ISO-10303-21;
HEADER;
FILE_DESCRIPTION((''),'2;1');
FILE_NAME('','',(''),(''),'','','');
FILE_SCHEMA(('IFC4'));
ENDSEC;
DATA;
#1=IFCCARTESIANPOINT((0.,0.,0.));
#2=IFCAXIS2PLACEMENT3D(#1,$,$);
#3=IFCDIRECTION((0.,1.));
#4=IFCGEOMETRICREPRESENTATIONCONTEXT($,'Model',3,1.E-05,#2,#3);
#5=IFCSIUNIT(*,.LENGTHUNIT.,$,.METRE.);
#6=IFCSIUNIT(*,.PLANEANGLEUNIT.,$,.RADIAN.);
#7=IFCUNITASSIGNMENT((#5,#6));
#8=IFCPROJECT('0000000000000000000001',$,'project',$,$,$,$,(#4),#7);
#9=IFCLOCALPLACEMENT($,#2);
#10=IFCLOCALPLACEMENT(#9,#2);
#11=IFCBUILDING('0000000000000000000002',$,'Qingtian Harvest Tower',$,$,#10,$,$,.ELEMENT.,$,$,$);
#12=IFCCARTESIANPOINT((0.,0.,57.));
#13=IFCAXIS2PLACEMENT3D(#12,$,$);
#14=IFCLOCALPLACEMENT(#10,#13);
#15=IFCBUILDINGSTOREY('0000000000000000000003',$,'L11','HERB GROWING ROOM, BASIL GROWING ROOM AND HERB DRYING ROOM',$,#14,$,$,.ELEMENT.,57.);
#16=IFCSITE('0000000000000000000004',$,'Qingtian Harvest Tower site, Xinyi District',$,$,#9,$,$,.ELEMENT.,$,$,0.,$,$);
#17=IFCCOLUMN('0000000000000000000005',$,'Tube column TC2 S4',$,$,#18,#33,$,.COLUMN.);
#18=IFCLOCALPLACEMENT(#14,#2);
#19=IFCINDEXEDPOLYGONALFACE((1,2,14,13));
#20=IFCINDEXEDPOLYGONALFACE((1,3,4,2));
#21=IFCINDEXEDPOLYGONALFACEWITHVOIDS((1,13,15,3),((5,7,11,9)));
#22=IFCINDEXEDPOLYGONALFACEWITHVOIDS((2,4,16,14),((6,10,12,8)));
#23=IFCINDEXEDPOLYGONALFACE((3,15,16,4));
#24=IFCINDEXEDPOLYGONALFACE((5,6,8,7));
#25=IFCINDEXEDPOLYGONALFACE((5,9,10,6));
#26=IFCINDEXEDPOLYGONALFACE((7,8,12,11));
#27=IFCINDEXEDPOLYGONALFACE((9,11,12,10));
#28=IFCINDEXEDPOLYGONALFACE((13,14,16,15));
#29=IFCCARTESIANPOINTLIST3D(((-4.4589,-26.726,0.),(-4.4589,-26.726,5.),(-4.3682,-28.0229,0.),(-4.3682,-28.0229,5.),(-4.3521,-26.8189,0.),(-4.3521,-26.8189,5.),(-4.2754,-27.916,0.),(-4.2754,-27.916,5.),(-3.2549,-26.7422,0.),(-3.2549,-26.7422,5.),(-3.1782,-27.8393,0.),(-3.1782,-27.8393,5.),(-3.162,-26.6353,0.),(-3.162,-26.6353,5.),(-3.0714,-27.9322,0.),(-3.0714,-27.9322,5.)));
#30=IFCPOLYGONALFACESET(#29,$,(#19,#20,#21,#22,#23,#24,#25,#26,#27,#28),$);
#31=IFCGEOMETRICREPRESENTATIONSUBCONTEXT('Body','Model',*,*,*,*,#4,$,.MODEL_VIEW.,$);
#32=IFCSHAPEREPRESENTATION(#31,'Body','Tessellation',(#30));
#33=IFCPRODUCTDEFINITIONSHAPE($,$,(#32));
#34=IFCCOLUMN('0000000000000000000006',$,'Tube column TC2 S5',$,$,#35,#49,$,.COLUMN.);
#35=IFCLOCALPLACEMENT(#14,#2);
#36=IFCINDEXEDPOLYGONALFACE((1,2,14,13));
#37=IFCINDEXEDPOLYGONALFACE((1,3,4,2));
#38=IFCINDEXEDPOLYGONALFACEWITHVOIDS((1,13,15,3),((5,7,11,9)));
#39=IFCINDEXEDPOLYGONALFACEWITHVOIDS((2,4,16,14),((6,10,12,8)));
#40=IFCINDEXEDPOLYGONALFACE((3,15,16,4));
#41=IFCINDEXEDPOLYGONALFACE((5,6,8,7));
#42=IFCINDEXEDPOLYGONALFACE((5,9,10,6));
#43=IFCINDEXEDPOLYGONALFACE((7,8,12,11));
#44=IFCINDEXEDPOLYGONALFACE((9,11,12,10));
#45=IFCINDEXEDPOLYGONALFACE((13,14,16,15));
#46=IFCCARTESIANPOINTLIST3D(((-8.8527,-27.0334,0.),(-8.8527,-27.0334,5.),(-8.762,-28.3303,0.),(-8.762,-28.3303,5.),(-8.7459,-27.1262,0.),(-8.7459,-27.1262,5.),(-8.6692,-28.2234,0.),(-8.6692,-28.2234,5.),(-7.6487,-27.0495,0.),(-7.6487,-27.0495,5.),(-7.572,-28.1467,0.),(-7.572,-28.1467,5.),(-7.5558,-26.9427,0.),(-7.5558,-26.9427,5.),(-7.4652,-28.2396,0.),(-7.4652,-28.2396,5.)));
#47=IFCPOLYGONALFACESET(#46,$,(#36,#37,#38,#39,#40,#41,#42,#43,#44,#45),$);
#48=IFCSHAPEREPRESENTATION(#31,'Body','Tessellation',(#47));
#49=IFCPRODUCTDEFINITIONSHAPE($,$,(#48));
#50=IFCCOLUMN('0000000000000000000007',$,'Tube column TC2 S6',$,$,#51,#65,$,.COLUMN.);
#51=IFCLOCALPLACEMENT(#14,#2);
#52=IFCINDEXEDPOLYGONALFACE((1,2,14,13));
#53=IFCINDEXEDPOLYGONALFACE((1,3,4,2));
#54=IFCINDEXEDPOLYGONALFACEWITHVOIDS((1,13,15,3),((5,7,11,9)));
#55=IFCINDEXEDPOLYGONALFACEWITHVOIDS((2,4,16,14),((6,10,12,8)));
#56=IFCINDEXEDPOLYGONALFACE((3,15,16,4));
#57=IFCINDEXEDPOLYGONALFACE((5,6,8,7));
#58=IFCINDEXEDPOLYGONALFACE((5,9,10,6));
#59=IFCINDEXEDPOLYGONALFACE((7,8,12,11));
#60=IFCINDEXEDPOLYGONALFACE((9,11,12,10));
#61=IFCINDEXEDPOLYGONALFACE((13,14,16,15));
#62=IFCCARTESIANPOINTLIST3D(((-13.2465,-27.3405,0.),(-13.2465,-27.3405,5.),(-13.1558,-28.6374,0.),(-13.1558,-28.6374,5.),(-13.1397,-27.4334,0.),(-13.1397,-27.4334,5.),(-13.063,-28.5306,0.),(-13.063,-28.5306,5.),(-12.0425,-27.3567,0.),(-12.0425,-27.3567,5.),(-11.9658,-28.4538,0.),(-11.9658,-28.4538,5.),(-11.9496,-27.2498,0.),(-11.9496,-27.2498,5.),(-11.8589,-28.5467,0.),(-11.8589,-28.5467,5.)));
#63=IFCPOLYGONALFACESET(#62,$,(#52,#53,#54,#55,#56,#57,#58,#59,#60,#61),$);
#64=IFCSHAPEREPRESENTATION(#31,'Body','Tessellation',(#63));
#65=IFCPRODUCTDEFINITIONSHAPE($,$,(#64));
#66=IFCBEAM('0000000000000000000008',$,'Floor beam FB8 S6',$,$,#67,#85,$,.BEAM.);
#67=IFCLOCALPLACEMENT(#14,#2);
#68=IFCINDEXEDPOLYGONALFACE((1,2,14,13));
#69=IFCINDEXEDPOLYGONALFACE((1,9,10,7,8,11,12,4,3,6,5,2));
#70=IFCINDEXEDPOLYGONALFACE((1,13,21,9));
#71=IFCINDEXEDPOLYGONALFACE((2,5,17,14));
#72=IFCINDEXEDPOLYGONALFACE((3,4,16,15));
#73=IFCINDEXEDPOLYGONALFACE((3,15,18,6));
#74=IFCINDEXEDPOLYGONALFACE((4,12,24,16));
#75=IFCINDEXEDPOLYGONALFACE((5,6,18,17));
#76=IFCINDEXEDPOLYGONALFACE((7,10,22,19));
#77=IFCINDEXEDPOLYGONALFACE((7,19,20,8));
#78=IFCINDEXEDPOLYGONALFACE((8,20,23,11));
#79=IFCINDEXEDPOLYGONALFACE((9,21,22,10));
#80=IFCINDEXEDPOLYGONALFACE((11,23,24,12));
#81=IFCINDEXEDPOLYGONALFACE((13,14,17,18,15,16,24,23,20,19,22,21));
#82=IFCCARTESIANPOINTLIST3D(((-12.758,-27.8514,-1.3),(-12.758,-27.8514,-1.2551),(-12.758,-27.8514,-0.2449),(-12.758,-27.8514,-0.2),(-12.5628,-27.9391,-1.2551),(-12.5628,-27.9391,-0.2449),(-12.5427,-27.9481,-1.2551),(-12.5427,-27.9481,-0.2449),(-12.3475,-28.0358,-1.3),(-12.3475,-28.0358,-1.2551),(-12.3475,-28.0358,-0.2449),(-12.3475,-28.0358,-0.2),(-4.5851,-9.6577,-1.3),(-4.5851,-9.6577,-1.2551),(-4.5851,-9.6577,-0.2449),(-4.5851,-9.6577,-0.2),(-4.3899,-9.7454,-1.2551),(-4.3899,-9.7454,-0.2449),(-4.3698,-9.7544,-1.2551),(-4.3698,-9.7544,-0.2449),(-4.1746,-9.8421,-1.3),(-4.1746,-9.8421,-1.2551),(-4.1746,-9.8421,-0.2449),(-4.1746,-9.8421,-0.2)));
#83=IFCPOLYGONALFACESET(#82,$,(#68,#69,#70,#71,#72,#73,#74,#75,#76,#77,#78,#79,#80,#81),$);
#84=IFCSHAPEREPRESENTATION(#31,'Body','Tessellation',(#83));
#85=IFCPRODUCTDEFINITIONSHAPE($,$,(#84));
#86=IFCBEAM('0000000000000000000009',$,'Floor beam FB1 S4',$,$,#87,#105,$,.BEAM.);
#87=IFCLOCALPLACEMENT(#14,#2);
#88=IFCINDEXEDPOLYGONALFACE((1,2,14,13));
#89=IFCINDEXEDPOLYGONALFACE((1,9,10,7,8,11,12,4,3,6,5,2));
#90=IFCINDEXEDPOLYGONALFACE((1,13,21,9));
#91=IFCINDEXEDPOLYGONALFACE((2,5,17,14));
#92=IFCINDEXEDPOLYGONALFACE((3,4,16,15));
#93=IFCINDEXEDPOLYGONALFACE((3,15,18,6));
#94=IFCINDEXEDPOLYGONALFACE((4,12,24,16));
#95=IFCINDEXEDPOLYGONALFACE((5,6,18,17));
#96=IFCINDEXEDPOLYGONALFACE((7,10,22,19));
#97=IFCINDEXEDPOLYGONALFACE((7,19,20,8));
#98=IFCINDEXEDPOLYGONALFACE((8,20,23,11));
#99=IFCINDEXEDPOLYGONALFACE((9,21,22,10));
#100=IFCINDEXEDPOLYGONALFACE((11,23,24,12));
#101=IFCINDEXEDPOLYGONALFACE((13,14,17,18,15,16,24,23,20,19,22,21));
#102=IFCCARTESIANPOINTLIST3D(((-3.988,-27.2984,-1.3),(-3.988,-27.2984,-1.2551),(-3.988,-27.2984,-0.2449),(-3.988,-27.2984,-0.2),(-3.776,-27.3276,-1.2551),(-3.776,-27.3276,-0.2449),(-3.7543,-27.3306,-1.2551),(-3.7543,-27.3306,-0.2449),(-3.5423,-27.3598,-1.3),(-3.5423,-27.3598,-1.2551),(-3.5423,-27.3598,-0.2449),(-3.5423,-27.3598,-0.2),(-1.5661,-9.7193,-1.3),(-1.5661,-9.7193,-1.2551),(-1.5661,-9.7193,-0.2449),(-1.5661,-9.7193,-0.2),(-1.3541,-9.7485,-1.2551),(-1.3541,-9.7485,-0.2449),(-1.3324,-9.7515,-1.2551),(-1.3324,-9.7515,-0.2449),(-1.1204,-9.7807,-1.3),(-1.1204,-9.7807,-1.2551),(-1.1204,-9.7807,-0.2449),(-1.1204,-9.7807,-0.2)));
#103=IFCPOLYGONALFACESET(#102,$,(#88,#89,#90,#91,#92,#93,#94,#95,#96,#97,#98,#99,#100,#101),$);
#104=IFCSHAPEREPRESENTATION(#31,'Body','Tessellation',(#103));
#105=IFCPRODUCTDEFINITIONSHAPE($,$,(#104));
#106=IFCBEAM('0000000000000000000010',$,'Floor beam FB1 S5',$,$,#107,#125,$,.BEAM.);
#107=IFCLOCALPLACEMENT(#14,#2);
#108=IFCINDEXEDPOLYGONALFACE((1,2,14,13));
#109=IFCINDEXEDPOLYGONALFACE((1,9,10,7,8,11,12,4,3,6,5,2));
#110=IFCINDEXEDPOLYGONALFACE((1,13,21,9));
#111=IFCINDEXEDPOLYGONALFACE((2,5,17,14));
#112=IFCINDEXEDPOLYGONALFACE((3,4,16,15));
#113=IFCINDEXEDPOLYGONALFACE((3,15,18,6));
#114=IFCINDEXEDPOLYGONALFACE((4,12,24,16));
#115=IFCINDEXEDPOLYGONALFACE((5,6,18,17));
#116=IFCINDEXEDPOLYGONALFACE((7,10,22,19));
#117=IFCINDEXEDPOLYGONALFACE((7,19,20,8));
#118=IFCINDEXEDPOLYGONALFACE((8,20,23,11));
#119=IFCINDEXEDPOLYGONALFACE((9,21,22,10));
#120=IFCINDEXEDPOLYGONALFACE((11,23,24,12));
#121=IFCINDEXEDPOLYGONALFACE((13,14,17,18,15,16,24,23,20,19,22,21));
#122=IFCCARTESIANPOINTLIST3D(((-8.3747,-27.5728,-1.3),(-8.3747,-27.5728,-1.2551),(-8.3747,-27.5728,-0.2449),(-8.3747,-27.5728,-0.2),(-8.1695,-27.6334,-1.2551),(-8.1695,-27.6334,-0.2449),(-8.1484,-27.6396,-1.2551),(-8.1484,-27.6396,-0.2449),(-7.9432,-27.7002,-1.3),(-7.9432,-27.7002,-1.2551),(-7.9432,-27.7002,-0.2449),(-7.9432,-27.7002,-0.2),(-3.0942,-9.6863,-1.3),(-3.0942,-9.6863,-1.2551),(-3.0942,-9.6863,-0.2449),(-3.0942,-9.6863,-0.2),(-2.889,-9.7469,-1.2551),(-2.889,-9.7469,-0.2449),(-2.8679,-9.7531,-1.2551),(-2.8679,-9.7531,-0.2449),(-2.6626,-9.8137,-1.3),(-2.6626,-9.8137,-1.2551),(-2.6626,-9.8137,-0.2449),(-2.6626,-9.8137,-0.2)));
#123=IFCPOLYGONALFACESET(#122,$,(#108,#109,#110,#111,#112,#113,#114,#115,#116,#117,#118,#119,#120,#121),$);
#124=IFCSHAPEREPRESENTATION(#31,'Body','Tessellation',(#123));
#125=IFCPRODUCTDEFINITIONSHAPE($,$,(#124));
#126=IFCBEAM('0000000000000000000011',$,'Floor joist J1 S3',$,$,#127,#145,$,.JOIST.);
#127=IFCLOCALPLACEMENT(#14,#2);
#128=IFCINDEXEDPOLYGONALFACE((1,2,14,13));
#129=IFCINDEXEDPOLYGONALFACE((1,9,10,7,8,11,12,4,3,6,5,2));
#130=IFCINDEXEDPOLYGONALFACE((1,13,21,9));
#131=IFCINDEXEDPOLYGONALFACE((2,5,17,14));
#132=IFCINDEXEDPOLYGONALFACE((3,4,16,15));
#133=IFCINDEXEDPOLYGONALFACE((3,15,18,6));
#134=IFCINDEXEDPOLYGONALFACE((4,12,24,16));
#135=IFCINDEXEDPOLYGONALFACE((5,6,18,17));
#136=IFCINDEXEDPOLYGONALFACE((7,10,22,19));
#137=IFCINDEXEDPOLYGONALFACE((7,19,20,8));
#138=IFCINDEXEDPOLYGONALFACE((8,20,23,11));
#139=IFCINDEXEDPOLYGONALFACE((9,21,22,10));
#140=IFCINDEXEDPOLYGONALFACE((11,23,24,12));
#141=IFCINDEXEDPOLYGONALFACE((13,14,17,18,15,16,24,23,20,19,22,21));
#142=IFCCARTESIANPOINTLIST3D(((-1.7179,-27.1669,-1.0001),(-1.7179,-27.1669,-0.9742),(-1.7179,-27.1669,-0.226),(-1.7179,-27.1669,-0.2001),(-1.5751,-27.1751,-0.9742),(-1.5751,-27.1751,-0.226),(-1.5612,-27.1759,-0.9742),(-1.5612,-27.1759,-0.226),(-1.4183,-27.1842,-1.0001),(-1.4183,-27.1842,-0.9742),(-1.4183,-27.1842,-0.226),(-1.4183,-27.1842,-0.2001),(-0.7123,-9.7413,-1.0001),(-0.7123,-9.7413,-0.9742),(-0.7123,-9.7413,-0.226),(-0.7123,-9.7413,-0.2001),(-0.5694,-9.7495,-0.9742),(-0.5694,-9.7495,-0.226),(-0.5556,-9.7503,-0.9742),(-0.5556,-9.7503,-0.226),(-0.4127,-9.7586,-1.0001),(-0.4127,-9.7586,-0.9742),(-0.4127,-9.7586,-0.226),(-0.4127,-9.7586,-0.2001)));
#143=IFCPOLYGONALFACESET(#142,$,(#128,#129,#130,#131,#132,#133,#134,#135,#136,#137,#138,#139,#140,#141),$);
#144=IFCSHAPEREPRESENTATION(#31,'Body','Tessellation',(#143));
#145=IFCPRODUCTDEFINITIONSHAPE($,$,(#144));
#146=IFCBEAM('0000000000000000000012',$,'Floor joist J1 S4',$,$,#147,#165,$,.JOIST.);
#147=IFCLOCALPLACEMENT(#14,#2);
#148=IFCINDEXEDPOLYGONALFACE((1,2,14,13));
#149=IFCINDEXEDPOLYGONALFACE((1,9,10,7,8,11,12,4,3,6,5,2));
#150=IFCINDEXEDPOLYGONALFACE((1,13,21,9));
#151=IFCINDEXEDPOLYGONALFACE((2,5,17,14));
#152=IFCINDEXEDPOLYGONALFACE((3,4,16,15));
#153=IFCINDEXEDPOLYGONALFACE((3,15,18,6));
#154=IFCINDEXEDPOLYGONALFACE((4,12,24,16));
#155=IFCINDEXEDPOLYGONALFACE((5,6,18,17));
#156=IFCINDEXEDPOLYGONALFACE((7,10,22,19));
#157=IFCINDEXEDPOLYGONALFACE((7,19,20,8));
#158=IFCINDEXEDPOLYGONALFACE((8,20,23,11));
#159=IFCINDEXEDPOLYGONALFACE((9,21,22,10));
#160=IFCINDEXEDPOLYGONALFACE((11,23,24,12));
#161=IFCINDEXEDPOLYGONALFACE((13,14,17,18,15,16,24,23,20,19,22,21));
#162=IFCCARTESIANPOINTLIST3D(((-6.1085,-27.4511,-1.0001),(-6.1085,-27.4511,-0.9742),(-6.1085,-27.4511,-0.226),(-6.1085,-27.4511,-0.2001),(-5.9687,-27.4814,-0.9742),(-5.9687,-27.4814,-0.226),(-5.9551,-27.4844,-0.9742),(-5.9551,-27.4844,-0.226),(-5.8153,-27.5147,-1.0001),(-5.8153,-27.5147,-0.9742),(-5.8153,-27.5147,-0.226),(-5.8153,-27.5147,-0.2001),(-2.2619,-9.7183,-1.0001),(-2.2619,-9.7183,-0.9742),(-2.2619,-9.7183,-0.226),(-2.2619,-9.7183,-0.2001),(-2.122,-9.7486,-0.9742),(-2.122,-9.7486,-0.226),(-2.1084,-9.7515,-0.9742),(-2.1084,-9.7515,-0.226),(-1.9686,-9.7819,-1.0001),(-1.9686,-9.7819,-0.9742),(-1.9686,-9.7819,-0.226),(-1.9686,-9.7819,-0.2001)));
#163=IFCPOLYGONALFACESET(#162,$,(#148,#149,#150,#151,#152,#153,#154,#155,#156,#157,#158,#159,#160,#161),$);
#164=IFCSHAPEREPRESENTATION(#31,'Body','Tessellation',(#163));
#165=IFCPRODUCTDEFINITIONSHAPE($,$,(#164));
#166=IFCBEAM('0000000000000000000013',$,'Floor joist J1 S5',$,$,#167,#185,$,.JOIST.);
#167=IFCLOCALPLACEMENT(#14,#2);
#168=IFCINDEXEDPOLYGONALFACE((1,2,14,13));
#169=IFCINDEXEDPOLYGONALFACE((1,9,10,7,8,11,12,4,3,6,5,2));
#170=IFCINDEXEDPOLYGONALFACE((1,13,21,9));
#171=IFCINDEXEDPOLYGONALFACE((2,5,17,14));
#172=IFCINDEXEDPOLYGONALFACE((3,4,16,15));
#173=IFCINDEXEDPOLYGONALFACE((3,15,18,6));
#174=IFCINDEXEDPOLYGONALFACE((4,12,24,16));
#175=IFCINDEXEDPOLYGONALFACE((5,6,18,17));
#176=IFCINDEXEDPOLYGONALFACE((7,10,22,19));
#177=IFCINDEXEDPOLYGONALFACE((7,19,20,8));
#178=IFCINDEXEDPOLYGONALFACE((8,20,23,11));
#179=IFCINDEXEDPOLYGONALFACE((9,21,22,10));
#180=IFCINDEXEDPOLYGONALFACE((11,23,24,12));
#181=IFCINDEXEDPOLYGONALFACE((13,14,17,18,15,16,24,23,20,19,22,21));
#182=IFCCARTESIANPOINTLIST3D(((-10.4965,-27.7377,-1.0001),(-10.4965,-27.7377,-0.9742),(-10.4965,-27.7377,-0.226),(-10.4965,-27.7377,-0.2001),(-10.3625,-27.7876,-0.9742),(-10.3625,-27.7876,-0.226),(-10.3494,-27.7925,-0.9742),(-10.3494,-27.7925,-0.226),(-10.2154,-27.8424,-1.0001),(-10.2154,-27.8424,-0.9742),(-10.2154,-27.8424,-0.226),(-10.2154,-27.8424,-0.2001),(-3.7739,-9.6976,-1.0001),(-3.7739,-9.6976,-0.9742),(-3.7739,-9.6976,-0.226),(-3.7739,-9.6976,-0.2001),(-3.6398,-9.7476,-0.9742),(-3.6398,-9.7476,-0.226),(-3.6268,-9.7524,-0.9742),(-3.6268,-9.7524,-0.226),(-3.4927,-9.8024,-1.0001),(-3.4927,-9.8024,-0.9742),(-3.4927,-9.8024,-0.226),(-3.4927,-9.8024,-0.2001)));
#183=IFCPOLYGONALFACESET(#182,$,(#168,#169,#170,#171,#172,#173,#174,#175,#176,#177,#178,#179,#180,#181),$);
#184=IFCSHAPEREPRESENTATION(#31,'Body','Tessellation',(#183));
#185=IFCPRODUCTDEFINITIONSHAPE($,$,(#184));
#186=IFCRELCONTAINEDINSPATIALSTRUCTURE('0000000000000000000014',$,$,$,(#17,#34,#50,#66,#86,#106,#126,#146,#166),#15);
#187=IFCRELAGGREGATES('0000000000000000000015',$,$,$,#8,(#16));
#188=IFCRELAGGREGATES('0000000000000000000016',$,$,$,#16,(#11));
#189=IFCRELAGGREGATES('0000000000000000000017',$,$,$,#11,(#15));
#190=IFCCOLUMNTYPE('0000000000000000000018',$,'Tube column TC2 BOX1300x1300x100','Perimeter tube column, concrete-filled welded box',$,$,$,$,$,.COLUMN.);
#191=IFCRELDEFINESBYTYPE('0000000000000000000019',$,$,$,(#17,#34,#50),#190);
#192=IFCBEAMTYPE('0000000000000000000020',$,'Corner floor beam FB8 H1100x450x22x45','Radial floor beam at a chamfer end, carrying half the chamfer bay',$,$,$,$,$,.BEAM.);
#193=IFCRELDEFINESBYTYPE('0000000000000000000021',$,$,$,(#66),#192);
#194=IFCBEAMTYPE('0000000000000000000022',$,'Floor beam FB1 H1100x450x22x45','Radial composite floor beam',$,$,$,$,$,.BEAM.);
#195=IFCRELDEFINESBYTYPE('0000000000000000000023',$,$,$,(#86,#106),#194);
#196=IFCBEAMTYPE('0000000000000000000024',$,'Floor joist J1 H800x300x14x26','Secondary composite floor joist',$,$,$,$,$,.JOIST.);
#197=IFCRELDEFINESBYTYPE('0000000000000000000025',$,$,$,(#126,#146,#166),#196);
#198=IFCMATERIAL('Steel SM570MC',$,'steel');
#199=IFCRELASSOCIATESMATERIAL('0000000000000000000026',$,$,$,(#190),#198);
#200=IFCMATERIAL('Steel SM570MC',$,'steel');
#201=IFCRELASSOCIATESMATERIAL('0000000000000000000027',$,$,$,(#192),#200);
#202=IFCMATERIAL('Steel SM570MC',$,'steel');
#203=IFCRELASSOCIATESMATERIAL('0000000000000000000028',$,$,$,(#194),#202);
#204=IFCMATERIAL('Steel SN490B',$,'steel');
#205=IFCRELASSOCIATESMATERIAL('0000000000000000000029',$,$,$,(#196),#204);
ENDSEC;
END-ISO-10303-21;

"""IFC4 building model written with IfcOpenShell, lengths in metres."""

from ifc_helpers import new_model, si_unit, direction, frame, origin, origin_2d, place, context, subcontext, project, spatial, hollow_rectangle, i_section, extrude, material, material_profile, profile_set, type_object, element, save


model = new_model("IFC4")

# Units and contexts
model_context = context("Model", 3, precision=1e-05, world=origin(), true_north=direction((0.0, 1.0)))
body_context = subcontext(model_context, "Body", "Model", "MODEL_VIEW")
ifc_project = project(units=[si_unit("LENGTHUNIT", "METRE"), si_unit("PLANEANGLEUNIT", "RADIAN")], contexts=[model_context])

# Site, building, storey
site_placement = place(None, origin())
site = spatial("IfcSite", under=ifc_project, at=site_placement, Name="Qingtian Harvest Tower site, Xinyi District", CompositionType="ELEMENT", RefElevation=0.0)
building_placement = place(site_placement, origin())
building = spatial("IfcBuilding", under=site, at=building_placement, Name="Qingtian Harvest Tower", CompositionType="ELEMENT")
storey_placement = place(building_placement, frame((0.0, 0.0, 57.0)))
storey = spatial("IfcBuildingStorey", under=building, at=storey_placement, Name="L11", Description="HERB GROWING ROOM, BASIL GROWING ROOM AND HERB DRYING ROOM", CompositionType="ELEMENT", Elevation=57.0)

# Columns
ifc_material_1 = material(Name="Steel SM570MC", Category="steel")
ifc_material_profile_1 = material_profile(ifc_material_1, hollow_rectangle(XDim=1.3, YDim=1.3, WallThickness=0.1001, at=origin_2d()), Name="BOX1300x1300x100")
ifc_profile_set_1 = profile_set([ifc_material_profile_1], Name="Steel SM570MC")
column_type = type_object("IfcColumnType", Name="Tube column TC2 BOX1300x1300x100", Description="Perimeter tube column, concrete-filled welded box", PredefinedType="COLUMN", material=ifc_profile_set_1)
for number, where, z_axis, x_axis, name in (
    (1, (-3.7651, -27.3291, 0.0), (0.0, 0.0, 1.0), (0.997564, 0.069756, 0.0), "Tube column TC2 S4"),
    (2, (-8.1589, -27.6365, 0.0), (0.0, 0.0, 1.0), (0.997564, 0.069756, 0.0), "Tube column TC2 S5"),
    (3, (-12.5527, -27.9436, 0.0), (0.0, 0.0, 1.0), (0.997564, 0.069756, 0.0), "Tube column TC2 S6"),
):
    element("IfcColumn", number, at=place(storey_placement, frame(where, z_axis=z_axis, x_axis=x_axis)), inside=storey, type_object=column_type, Name=name, PredefinedType="COLUMN", context=body_context, shape_type="SweptSolid", body=[
        extrude(hollow_rectangle(XDim=1.3, YDim=1.3, WallThickness=0.1001, at=origin_2d()), origin(), (0.0, 0.0, 1.0), 5.0),
    ])

# Beams
ifc_material_2 = material(Name="Steel SM570MC", Category="steel")
ifc_material_profile_2 = material_profile(ifc_material_2, i_section(OverallWidth=0.45, OverallDepth=1.1001, WebThickness=0.022, FlangeThickness=0.0449, at=origin_2d()), Name="H1100x450x22x45")
ifc_profile_set_2 = profile_set([ifc_material_profile_2], Name="Steel SM570MC")
beam_type_1 = type_object("IfcBeamType", Name="Corner floor beam FB8 H1100x450x22x45", Description="Radial floor beam at a chamfer end, carrying half the chamfer bay", PredefinedType="BEAM", material=ifc_profile_set_2)
beam_1_placement = place(storey_placement, frame((-12.5527, -27.9436, -0.75), z_axis=(0.40977, 0.912189, 0.0), x_axis=(-0.912189, 0.40977, 0.0)))
element("IfcBeam", 4, at=beam_1_placement, inside=storey, type_object=beam_type_1, Name="Floor beam FB8 S6", PredefinedType="BEAM", context=body_context, shape_type="SweptSolid", body=[
    extrude(i_section(OverallWidth=0.45, OverallDepth=1.1001, WebThickness=0.022, FlangeThickness=0.0449, at=origin_2d()), origin(), (0.0, 0.0, 1.0), 19.9451),
])
ifc_material_3 = material(Name="Steel SM570MC", Category="steel")
ifc_material_profile_3 = material_profile(ifc_material_3, i_section(OverallWidth=0.45, OverallDepth=1.1001, WebThickness=0.022, FlangeThickness=0.0449, at=origin_2d()), Name="H1100x450x22x45")
ifc_profile_set_3 = profile_set([ifc_material_profile_3], Name="Steel SM570MC")
beam_type_2 = type_object("IfcBeamType", Name="Floor beam FB1 H1100x450x22x45", Description="Radial composite floor beam", PredefinedType="BEAM", material=ifc_profile_set_3)
beam_2_placement = place(storey_placement, frame((-3.7651, -27.3291, -0.75), z_axis=(0.136481, 0.990643, 0.0), x_axis=(-0.990643, 0.136481, 0.0)))
element("IfcBeam", 5, at=beam_2_placement, inside=storey, type_object=beam_type_2, Name="Floor beam FB1 S4", PredefinedType="BEAM", context=body_context, shape_type="SweptSolid", body=[
    extrude(i_section(OverallWidth=0.45, OverallDepth=1.1001, WebThickness=0.022, FlangeThickness=0.0449, at=origin_2d()), origin(), (0.0, 0.0, 1.0), 17.7451),
])
beam_3_placement = place(storey_placement, frame((-8.1589, -27.6365, -0.75), z_axis=(0.283143, 0.959078, 0.0), x_axis=(-0.959078, 0.283143, 0.0)))
element("IfcBeam", 6, at=beam_3_placement, inside=storey, type_object=beam_type_2, Name="Floor beam FB1 S5", PredefinedType="BEAM", context=body_context, shape_type="SweptSolid", body=[
    extrude(i_section(OverallWidth=0.45, OverallDepth=1.1001, WebThickness=0.022, FlangeThickness=0.0449, at=origin_2d()), origin(), (0.0, 0.0, 1.0), 18.6497),
])
ifc_material_4 = material(Name="Steel SN490B", Category="steel")
ifc_material_profile_4 = material_profile(ifc_material_4, i_section(OverallWidth=0.3, OverallDepth=0.8, WebThickness=0.0139, FlangeThickness=0.0259, at=origin_2d()), Name="H800x300x14x26")
ifc_profile_set_4 = profile_set([ifc_material_profile_4], Name="Steel SN490B")
beam_type_3 = type_object("IfcBeamType", Name="Floor joist J1 H800x300x14x26", Description="Secondary composite floor joist", PredefinedType="JOIST", material=ifc_profile_set_4)
beam_4_placement = place(storey_placement, frame((-1.5681, -27.1755, -0.6001), z_axis=(0.057613, 0.998339, 0.0), x_axis=(-0.998339, 0.057613, 0.0)))
element("IfcBeam", 7, at=beam_4_placement, inside=storey, type_object=beam_type_3, Name="Floor joist J1 S3", PredefinedType="JOIST", context=body_context, shape_type="SweptSolid", body=[
    extrude(i_section(OverallWidth=0.3, OverallDepth=0.8, WebThickness=0.0139, FlangeThickness=0.0259, at=origin_2d()), origin(), (0.0, 0.0, 1.0), 17.4546),
])
beam_5_placement = place(storey_placement, frame((-5.9619, -27.4829, -0.6001), z_axis=(0.211993, 0.977271, 0.0), x_axis=(-0.977271, 0.211993, 0.0)))
element("IfcBeam", 8, at=beam_5_placement, inside=storey, type_object=beam_type_3, Name="Floor joist J1 S4", PredefinedType="JOIST", context=body_context, shape_type="SweptSolid", body=[
    extrude(i_section(OverallWidth=0.3, OverallDepth=0.8, WebThickness=0.0139, FlangeThickness=0.0259, at=origin_2d()), origin(), (0.0, 0.0, 1.0), 18.1453),
])
beam_6_placement = place(storey_placement, frame((-10.356, -27.79, -0.6001), z_axis=(0.349194, 0.937051, 0.0), x_axis=(-0.937051, 0.349194, 0.0)))
element("IfcBeam", 9, at=beam_6_placement, inside=storey, type_object=beam_type_3, Name="Floor joist J1 S5", PredefinedType="JOIST", context=body_context, shape_type="SweptSolid", body=[
    extrude(i_section(OverallWidth=0.3, OverallDepth=0.8, WebThickness=0.0139, FlangeThickness=0.0259, at=origin_2d()), origin(), (0.0, 0.0, 1.0), 19.252),
])

save(model, "model.ifc")
